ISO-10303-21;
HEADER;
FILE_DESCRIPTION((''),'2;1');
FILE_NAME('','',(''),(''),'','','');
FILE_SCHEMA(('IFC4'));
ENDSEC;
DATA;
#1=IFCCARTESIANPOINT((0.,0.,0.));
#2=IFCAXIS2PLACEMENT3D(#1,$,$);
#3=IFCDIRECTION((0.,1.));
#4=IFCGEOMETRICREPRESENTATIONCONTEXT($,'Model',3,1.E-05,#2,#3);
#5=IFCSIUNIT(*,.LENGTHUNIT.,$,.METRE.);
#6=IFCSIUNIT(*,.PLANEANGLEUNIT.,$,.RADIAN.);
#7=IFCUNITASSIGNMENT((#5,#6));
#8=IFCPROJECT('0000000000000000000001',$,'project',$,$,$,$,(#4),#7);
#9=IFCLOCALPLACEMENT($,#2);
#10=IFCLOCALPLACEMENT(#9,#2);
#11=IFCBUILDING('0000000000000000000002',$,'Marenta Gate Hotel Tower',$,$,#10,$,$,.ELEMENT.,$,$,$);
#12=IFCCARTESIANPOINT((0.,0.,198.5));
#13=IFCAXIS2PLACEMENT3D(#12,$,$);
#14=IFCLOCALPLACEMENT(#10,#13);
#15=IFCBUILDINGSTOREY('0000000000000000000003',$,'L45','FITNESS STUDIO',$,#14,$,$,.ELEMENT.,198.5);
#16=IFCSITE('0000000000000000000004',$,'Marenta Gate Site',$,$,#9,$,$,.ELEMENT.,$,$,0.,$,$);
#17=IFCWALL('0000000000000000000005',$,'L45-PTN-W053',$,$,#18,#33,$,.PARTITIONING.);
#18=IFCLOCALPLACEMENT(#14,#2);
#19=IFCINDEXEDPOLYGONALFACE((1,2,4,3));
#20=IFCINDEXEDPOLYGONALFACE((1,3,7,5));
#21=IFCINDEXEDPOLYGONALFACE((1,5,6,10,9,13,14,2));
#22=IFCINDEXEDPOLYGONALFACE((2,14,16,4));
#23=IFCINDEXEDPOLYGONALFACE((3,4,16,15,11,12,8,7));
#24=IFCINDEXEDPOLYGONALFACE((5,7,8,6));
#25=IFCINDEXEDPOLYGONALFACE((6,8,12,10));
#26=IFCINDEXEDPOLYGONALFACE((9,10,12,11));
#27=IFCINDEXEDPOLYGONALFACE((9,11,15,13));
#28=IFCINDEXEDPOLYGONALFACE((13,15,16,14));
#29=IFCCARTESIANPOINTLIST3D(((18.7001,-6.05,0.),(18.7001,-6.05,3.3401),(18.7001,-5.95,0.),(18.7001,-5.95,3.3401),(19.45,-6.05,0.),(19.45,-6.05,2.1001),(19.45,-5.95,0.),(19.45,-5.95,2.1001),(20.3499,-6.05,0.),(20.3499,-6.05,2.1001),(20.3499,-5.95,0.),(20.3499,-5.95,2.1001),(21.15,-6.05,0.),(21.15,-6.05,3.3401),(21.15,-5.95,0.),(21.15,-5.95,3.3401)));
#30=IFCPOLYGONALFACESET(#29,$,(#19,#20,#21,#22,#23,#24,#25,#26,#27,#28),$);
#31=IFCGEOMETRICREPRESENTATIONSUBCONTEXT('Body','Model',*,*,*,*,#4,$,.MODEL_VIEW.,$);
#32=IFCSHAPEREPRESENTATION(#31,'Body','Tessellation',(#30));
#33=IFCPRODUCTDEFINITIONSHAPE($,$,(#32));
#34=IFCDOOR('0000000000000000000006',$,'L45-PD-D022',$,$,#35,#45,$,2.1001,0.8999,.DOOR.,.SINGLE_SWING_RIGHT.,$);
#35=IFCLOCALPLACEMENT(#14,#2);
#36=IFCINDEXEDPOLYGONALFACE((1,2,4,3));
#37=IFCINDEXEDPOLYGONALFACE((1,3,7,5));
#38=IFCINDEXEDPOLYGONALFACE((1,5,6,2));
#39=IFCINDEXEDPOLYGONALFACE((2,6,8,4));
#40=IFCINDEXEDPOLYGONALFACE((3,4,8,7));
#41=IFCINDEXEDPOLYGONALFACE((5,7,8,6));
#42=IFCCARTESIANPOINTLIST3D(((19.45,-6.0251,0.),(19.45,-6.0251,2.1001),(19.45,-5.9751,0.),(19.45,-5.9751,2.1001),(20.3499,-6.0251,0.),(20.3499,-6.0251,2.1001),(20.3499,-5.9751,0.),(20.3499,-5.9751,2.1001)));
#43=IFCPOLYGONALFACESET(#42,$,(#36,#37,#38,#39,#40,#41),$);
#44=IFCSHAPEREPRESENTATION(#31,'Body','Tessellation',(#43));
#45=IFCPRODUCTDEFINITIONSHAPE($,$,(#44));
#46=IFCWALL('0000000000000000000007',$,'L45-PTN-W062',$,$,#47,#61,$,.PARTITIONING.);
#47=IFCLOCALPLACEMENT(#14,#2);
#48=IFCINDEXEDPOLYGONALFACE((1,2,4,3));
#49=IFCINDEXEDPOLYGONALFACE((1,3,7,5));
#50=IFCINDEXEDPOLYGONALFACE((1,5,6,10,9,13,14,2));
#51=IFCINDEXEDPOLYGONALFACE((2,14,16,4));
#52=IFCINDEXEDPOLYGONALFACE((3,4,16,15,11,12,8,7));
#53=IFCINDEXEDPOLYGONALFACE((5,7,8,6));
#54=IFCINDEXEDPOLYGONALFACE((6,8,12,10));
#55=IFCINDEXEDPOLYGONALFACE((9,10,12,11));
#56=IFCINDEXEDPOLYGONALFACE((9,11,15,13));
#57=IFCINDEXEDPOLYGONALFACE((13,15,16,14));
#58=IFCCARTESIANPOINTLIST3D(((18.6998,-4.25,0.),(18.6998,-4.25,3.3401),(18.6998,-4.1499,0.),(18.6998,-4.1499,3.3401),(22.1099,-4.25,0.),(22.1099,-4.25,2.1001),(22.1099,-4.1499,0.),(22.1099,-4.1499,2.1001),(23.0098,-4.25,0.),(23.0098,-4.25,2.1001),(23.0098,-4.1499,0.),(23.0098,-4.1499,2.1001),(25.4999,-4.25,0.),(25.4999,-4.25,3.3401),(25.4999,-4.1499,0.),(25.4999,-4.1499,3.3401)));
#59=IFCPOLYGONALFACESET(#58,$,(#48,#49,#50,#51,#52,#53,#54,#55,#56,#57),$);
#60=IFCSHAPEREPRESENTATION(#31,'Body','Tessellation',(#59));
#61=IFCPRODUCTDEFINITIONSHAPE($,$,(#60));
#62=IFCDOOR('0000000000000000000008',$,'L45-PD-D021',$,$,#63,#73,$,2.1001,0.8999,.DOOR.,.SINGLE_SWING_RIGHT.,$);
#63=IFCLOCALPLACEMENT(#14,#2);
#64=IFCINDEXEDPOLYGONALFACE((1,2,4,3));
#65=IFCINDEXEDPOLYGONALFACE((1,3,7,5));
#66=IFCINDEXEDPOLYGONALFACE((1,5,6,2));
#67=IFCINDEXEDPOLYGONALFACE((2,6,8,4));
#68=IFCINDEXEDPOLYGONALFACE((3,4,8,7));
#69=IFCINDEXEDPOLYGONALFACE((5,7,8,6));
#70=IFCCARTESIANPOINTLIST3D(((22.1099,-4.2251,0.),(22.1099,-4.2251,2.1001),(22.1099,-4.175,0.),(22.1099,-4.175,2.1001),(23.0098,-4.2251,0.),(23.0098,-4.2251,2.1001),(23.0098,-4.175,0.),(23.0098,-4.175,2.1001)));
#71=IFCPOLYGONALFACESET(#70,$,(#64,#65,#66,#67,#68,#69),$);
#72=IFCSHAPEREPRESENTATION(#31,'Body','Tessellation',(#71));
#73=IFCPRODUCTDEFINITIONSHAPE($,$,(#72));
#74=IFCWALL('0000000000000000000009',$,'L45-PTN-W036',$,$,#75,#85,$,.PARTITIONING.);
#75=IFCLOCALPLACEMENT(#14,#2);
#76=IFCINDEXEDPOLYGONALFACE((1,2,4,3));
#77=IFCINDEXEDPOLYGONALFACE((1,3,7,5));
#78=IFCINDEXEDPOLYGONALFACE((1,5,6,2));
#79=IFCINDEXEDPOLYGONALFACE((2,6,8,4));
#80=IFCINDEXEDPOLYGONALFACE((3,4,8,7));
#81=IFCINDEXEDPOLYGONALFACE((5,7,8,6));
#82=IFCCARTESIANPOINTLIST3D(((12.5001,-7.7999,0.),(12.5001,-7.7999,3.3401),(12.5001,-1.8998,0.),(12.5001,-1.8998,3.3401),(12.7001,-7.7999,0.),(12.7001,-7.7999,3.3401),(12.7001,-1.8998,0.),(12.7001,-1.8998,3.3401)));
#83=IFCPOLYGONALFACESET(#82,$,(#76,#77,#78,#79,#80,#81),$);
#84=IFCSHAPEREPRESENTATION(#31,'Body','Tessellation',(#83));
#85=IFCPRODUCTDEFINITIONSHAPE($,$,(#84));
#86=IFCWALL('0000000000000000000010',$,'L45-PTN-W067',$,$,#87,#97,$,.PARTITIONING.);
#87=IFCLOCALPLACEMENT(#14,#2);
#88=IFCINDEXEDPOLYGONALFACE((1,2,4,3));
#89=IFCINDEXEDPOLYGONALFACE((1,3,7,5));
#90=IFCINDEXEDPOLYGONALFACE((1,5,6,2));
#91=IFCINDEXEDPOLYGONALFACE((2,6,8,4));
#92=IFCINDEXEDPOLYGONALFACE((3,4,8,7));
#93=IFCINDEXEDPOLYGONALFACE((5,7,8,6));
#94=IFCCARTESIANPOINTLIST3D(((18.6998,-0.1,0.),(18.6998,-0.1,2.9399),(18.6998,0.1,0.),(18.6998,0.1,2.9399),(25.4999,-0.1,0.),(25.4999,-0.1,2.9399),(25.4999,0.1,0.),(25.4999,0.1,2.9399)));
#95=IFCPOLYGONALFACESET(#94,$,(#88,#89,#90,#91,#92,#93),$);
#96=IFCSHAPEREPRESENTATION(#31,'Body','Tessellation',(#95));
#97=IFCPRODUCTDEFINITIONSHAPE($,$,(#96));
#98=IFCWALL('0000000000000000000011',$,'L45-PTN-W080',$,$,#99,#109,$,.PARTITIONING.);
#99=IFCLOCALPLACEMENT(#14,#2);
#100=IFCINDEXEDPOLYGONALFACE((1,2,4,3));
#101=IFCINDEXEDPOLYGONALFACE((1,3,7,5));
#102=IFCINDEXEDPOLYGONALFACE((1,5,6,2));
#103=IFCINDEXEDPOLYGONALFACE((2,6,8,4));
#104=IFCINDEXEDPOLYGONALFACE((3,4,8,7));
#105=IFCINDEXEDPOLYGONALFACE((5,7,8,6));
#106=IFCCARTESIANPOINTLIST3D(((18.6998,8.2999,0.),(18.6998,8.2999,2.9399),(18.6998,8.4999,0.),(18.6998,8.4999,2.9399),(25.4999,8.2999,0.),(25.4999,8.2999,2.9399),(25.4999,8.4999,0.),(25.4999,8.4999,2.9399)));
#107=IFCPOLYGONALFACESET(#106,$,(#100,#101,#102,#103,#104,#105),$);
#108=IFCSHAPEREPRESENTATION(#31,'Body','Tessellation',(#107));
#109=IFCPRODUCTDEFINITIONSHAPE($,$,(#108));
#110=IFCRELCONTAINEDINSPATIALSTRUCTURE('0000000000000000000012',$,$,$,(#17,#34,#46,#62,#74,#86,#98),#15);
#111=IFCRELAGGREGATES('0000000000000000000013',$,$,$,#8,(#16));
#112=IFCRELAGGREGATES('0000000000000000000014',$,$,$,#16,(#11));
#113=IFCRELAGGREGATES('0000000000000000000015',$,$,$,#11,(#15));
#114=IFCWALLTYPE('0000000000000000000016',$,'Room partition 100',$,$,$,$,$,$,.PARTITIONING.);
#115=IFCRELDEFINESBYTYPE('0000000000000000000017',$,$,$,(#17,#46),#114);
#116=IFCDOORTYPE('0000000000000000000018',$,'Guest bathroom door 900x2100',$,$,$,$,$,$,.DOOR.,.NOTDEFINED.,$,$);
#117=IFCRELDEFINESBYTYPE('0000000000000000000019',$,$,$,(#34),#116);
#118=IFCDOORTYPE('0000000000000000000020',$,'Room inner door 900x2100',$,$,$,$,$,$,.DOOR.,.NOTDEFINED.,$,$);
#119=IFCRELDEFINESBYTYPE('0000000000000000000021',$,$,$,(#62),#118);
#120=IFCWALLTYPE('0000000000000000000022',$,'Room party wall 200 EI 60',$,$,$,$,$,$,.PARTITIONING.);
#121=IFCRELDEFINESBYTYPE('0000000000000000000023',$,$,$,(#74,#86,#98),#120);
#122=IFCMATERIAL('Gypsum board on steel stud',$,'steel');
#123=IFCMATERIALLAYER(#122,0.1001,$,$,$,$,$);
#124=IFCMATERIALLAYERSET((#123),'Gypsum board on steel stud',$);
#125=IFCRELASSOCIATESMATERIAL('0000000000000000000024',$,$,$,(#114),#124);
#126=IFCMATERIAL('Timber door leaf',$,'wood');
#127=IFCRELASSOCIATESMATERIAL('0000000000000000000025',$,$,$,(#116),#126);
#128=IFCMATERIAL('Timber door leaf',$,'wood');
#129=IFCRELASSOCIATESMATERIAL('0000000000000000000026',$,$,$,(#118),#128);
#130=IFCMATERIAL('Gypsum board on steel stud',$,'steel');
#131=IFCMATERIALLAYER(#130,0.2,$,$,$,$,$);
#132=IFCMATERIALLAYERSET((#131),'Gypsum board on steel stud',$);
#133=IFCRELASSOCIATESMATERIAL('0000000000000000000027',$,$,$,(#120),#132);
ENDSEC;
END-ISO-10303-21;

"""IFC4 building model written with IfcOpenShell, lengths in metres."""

from ifc_helpers import new_model, si_unit, direction, frame, frame_2d, origin, place, context, subcontext, project, spatial, rectangle, extrude, material, layer, layer_set, type_object, element, fill, save


model = new_model("IFC4")

# Units and contexts
model_context = context("Model", 3, precision=1e-05, world=origin(), true_north=direction((0.0, 1.0)))
body_context = subcontext(model_context, "Body", "Model", "MODEL_VIEW")
ifc_project = project(units=[si_unit("LENGTHUNIT", "METRE"), si_unit("PLANEANGLEUNIT", "RADIAN")], contexts=[model_context])

# Site, building, storey
site_placement = place(None, origin())
site = spatial("IfcSite", under=ifc_project, at=site_placement, Name="Marenta Gate Site", CompositionType="ELEMENT", RefElevation=0.0)
building_placement = place(site_placement, origin())
building = spatial("IfcBuilding", under=site, at=building_placement, Name="Marenta Gate Hotel Tower", CompositionType="ELEMENT")
storey_placement = place(building_placement, frame((0.0, 0.0, 198.5)))
storey = spatial("IfcBuildingStorey", under=building, at=storey_placement, Name="L45", Description="FITNESS STUDIO", CompositionType="ELEMENT", Elevation=198.5)

# Walls, openings, doors
ifc_material_1 = material(Name="Gypsum board on steel stud", Category="steel")
ifc_layer_1 = layer(ifc_material_1, 0.1001)
ifc_layer_set_1 = layer_set([ifc_layer_1], Name="Gypsum board on steel stud")
wall_type_1 = type_object("IfcWallType", Name="Room partition 100", PredefinedType="PARTITIONING", material=ifc_layer_set_1)
wall_1_placement = place(storey_placement, frame((18.7, -6.0, 0.0), z_axis=(0.0, 0.0, 1.0), x_axis=(1.0, 0.0, 0.0)))
wall_1 = element("IfcWall", 1, at=wall_1_placement, inside=storey, type_object=wall_type_1, Name="L45-PTN-W053", PredefinedType="PARTITIONING", context=body_context, shape_type="SweptSolid", body=[
    extrude(rectangle(XDim=2.45, YDim=0.1001, at=frame_2d((1.2251, 0.0))), origin(), (0.0, 0.0, 1.0), 3.3401),
])
opening_1_placement = place(wall_1_placement, frame((0.75, 0.0, 0.0)))
opening_1 = element("IfcOpeningElement", 2, at=opening_1_placement, cuts=wall_1, PredefinedType="OPENING", context=body_context, shape_type="SweptSolid", body=[
    extrude(rectangle(XDim=0.8999, YDim=2.1001, at=frame_2d((0.45, 1.05))), frame((0.0, 0.05, 0.0), z_axis=(0.0, -1.0, 0.0), x_axis=(1.0, 0.0, 0.0)), (0.0, 0.0, 1.0), 0.1001),
])
ifc_material_2 = material(Name="Timber door leaf", Category="wood")
door_type_1 = type_object("IfcDoorType", Name="Guest bathroom door 900x2100", OperationType="NOTDEFINED", PredefinedType="DOOR", material=ifc_material_2)
door_1_placement = place(opening_1_placement, origin())
door_1 = element("IfcDoor", 3, at=door_1_placement, inside=storey, type_object=door_type_1, Name="L45-PD-D022", OperationType="SINGLE_SWING_RIGHT", OverallHeight=2.1001, OverallWidth=0.8999, PredefinedType="DOOR", context=body_context, shape_type="SweptSolid", body=[
    extrude(rectangle(XDim=0.8999, YDim=2.1001, at=frame_2d((0.45, 1.05))), frame((0.0, 0.0249, 0.0), z_axis=(0.0, -1.0, 0.0), x_axis=(1.0, 0.0, 0.0)), (0.0, 0.0, 1.0), 0.05),
])
fill(opening_1, door_1)
wall_2_placement = place(storey_placement, frame((18.7, -4.2, 0.0), z_axis=(0.0, 0.0, 1.0), x_axis=(1.0, 0.0, 0.0)))
wall_2 = element("IfcWall", 4, at=wall_2_placement, inside=storey, type_object=wall_type_1, Name="L45-PTN-W062", PredefinedType="PARTITIONING", context=body_context, shape_type="SweptSolid", body=[
    extrude(rectangle(XDim=6.8, YDim=0.1001, at=frame_2d((3.3999, 0.0))), origin(), (0.0, 0.0, 1.0), 3.3401),
])
opening_2_placement = place(wall_2_placement, frame((3.4099, 0.0, 0.0)))
opening_2 = element("IfcOpeningElement", 5, at=opening_2_placement, cuts=wall_2, PredefinedType="OPENING", context=body_context, shape_type="SweptSolid", body=[
    extrude(rectangle(XDim=0.8999, YDim=2.1001, at=frame_2d((0.45, 1.05))), frame((0.0, 0.05, 0.0), z_axis=(0.0, -1.0, 0.0), x_axis=(1.0, 0.0, 0.0)), (0.0, 0.0, 1.0), 0.1001),
])
ifc_material_3 = material(Name="Timber door leaf", Category="wood")
door_type_2 = type_object("IfcDoorType", Name="Room inner door 900x2100", OperationType="NOTDEFINED", PredefinedType="DOOR", material=ifc_material_3)
door_2_placement = place(opening_2_placement, origin())
door_2 = element("IfcDoor", 6, at=door_2_placement, inside=storey, type_object=door_type_2, Name="L45-PD-D021", OperationType="SINGLE_SWING_RIGHT", OverallHeight=2.1001, OverallWidth=0.8999, PredefinedType="DOOR", context=body_context, shape_type="SweptSolid", body=[
    extrude(rectangle(XDim=0.8999, YDim=2.1001, at=frame_2d((0.45, 1.05))), frame((0.0, 0.0249, 0.0), z_axis=(0.0, -1.0, 0.0), x_axis=(1.0, 0.0, 0.0)), (0.0, 0.0, 1.0), 0.05),
])
fill(opening_2, door_2)

# Walls
ifc_material_4 = material(Name="Gypsum board on steel stud", Category="steel")
ifc_layer_2 = layer(ifc_material_4, 0.2)
ifc_layer_set_2 = layer_set([ifc_layer_2], Name="Gypsum board on steel stud")
wall_type_2 = type_object("IfcWallType", Name="Room party wall 200 EI 60", PredefinedType="PARTITIONING", material=ifc_layer_set_2)
wall_3_placement = place(storey_placement, frame((12.6001, -7.8, 0.0), z_axis=(0.0, 0.0, 1.0), x_axis=(0.0, 1.0, 0.0)))
element("IfcWall", 7, at=wall_3_placement, inside=storey, type_object=wall_type_2, Name="L45-PTN-W036", PredefinedType="PARTITIONING", context=body_context, shape_type="SweptSolid", body=[
    extrude(rectangle(XDim=5.9001, YDim=0.2, at=frame_2d((2.9502, 0.0))), origin(), (0.0, 0.0, 1.0), 3.3401),
])
for number, where, z_axis, x_axis, name in (
    (8, (18.7, 0.0, 0.0), (0.0, 0.0, 1.0), (1.0, 0.0, 0.0), "L45-PTN-W067"),
    (9, (18.7, 8.3999, 0.0), (0.0, 0.0, 1.0), (1.0, 0.0, 0.0), "L45-PTN-W080"),
):
    element("IfcWall", number, at=place(storey_placement, frame(where, z_axis=z_axis, x_axis=x_axis)), inside=storey, type_object=wall_type_2, Name=name, PredefinedType="PARTITIONING", context=body_context, shape_type="SweptSolid", body=[
        extrude(rectangle(XDim=6.8, YDim=0.2, at=frame_2d((3.3999, 0.0))), origin(), (0.0, 0.0, 1.0), 2.9399),
    ])

save(model, "model.ifc")
